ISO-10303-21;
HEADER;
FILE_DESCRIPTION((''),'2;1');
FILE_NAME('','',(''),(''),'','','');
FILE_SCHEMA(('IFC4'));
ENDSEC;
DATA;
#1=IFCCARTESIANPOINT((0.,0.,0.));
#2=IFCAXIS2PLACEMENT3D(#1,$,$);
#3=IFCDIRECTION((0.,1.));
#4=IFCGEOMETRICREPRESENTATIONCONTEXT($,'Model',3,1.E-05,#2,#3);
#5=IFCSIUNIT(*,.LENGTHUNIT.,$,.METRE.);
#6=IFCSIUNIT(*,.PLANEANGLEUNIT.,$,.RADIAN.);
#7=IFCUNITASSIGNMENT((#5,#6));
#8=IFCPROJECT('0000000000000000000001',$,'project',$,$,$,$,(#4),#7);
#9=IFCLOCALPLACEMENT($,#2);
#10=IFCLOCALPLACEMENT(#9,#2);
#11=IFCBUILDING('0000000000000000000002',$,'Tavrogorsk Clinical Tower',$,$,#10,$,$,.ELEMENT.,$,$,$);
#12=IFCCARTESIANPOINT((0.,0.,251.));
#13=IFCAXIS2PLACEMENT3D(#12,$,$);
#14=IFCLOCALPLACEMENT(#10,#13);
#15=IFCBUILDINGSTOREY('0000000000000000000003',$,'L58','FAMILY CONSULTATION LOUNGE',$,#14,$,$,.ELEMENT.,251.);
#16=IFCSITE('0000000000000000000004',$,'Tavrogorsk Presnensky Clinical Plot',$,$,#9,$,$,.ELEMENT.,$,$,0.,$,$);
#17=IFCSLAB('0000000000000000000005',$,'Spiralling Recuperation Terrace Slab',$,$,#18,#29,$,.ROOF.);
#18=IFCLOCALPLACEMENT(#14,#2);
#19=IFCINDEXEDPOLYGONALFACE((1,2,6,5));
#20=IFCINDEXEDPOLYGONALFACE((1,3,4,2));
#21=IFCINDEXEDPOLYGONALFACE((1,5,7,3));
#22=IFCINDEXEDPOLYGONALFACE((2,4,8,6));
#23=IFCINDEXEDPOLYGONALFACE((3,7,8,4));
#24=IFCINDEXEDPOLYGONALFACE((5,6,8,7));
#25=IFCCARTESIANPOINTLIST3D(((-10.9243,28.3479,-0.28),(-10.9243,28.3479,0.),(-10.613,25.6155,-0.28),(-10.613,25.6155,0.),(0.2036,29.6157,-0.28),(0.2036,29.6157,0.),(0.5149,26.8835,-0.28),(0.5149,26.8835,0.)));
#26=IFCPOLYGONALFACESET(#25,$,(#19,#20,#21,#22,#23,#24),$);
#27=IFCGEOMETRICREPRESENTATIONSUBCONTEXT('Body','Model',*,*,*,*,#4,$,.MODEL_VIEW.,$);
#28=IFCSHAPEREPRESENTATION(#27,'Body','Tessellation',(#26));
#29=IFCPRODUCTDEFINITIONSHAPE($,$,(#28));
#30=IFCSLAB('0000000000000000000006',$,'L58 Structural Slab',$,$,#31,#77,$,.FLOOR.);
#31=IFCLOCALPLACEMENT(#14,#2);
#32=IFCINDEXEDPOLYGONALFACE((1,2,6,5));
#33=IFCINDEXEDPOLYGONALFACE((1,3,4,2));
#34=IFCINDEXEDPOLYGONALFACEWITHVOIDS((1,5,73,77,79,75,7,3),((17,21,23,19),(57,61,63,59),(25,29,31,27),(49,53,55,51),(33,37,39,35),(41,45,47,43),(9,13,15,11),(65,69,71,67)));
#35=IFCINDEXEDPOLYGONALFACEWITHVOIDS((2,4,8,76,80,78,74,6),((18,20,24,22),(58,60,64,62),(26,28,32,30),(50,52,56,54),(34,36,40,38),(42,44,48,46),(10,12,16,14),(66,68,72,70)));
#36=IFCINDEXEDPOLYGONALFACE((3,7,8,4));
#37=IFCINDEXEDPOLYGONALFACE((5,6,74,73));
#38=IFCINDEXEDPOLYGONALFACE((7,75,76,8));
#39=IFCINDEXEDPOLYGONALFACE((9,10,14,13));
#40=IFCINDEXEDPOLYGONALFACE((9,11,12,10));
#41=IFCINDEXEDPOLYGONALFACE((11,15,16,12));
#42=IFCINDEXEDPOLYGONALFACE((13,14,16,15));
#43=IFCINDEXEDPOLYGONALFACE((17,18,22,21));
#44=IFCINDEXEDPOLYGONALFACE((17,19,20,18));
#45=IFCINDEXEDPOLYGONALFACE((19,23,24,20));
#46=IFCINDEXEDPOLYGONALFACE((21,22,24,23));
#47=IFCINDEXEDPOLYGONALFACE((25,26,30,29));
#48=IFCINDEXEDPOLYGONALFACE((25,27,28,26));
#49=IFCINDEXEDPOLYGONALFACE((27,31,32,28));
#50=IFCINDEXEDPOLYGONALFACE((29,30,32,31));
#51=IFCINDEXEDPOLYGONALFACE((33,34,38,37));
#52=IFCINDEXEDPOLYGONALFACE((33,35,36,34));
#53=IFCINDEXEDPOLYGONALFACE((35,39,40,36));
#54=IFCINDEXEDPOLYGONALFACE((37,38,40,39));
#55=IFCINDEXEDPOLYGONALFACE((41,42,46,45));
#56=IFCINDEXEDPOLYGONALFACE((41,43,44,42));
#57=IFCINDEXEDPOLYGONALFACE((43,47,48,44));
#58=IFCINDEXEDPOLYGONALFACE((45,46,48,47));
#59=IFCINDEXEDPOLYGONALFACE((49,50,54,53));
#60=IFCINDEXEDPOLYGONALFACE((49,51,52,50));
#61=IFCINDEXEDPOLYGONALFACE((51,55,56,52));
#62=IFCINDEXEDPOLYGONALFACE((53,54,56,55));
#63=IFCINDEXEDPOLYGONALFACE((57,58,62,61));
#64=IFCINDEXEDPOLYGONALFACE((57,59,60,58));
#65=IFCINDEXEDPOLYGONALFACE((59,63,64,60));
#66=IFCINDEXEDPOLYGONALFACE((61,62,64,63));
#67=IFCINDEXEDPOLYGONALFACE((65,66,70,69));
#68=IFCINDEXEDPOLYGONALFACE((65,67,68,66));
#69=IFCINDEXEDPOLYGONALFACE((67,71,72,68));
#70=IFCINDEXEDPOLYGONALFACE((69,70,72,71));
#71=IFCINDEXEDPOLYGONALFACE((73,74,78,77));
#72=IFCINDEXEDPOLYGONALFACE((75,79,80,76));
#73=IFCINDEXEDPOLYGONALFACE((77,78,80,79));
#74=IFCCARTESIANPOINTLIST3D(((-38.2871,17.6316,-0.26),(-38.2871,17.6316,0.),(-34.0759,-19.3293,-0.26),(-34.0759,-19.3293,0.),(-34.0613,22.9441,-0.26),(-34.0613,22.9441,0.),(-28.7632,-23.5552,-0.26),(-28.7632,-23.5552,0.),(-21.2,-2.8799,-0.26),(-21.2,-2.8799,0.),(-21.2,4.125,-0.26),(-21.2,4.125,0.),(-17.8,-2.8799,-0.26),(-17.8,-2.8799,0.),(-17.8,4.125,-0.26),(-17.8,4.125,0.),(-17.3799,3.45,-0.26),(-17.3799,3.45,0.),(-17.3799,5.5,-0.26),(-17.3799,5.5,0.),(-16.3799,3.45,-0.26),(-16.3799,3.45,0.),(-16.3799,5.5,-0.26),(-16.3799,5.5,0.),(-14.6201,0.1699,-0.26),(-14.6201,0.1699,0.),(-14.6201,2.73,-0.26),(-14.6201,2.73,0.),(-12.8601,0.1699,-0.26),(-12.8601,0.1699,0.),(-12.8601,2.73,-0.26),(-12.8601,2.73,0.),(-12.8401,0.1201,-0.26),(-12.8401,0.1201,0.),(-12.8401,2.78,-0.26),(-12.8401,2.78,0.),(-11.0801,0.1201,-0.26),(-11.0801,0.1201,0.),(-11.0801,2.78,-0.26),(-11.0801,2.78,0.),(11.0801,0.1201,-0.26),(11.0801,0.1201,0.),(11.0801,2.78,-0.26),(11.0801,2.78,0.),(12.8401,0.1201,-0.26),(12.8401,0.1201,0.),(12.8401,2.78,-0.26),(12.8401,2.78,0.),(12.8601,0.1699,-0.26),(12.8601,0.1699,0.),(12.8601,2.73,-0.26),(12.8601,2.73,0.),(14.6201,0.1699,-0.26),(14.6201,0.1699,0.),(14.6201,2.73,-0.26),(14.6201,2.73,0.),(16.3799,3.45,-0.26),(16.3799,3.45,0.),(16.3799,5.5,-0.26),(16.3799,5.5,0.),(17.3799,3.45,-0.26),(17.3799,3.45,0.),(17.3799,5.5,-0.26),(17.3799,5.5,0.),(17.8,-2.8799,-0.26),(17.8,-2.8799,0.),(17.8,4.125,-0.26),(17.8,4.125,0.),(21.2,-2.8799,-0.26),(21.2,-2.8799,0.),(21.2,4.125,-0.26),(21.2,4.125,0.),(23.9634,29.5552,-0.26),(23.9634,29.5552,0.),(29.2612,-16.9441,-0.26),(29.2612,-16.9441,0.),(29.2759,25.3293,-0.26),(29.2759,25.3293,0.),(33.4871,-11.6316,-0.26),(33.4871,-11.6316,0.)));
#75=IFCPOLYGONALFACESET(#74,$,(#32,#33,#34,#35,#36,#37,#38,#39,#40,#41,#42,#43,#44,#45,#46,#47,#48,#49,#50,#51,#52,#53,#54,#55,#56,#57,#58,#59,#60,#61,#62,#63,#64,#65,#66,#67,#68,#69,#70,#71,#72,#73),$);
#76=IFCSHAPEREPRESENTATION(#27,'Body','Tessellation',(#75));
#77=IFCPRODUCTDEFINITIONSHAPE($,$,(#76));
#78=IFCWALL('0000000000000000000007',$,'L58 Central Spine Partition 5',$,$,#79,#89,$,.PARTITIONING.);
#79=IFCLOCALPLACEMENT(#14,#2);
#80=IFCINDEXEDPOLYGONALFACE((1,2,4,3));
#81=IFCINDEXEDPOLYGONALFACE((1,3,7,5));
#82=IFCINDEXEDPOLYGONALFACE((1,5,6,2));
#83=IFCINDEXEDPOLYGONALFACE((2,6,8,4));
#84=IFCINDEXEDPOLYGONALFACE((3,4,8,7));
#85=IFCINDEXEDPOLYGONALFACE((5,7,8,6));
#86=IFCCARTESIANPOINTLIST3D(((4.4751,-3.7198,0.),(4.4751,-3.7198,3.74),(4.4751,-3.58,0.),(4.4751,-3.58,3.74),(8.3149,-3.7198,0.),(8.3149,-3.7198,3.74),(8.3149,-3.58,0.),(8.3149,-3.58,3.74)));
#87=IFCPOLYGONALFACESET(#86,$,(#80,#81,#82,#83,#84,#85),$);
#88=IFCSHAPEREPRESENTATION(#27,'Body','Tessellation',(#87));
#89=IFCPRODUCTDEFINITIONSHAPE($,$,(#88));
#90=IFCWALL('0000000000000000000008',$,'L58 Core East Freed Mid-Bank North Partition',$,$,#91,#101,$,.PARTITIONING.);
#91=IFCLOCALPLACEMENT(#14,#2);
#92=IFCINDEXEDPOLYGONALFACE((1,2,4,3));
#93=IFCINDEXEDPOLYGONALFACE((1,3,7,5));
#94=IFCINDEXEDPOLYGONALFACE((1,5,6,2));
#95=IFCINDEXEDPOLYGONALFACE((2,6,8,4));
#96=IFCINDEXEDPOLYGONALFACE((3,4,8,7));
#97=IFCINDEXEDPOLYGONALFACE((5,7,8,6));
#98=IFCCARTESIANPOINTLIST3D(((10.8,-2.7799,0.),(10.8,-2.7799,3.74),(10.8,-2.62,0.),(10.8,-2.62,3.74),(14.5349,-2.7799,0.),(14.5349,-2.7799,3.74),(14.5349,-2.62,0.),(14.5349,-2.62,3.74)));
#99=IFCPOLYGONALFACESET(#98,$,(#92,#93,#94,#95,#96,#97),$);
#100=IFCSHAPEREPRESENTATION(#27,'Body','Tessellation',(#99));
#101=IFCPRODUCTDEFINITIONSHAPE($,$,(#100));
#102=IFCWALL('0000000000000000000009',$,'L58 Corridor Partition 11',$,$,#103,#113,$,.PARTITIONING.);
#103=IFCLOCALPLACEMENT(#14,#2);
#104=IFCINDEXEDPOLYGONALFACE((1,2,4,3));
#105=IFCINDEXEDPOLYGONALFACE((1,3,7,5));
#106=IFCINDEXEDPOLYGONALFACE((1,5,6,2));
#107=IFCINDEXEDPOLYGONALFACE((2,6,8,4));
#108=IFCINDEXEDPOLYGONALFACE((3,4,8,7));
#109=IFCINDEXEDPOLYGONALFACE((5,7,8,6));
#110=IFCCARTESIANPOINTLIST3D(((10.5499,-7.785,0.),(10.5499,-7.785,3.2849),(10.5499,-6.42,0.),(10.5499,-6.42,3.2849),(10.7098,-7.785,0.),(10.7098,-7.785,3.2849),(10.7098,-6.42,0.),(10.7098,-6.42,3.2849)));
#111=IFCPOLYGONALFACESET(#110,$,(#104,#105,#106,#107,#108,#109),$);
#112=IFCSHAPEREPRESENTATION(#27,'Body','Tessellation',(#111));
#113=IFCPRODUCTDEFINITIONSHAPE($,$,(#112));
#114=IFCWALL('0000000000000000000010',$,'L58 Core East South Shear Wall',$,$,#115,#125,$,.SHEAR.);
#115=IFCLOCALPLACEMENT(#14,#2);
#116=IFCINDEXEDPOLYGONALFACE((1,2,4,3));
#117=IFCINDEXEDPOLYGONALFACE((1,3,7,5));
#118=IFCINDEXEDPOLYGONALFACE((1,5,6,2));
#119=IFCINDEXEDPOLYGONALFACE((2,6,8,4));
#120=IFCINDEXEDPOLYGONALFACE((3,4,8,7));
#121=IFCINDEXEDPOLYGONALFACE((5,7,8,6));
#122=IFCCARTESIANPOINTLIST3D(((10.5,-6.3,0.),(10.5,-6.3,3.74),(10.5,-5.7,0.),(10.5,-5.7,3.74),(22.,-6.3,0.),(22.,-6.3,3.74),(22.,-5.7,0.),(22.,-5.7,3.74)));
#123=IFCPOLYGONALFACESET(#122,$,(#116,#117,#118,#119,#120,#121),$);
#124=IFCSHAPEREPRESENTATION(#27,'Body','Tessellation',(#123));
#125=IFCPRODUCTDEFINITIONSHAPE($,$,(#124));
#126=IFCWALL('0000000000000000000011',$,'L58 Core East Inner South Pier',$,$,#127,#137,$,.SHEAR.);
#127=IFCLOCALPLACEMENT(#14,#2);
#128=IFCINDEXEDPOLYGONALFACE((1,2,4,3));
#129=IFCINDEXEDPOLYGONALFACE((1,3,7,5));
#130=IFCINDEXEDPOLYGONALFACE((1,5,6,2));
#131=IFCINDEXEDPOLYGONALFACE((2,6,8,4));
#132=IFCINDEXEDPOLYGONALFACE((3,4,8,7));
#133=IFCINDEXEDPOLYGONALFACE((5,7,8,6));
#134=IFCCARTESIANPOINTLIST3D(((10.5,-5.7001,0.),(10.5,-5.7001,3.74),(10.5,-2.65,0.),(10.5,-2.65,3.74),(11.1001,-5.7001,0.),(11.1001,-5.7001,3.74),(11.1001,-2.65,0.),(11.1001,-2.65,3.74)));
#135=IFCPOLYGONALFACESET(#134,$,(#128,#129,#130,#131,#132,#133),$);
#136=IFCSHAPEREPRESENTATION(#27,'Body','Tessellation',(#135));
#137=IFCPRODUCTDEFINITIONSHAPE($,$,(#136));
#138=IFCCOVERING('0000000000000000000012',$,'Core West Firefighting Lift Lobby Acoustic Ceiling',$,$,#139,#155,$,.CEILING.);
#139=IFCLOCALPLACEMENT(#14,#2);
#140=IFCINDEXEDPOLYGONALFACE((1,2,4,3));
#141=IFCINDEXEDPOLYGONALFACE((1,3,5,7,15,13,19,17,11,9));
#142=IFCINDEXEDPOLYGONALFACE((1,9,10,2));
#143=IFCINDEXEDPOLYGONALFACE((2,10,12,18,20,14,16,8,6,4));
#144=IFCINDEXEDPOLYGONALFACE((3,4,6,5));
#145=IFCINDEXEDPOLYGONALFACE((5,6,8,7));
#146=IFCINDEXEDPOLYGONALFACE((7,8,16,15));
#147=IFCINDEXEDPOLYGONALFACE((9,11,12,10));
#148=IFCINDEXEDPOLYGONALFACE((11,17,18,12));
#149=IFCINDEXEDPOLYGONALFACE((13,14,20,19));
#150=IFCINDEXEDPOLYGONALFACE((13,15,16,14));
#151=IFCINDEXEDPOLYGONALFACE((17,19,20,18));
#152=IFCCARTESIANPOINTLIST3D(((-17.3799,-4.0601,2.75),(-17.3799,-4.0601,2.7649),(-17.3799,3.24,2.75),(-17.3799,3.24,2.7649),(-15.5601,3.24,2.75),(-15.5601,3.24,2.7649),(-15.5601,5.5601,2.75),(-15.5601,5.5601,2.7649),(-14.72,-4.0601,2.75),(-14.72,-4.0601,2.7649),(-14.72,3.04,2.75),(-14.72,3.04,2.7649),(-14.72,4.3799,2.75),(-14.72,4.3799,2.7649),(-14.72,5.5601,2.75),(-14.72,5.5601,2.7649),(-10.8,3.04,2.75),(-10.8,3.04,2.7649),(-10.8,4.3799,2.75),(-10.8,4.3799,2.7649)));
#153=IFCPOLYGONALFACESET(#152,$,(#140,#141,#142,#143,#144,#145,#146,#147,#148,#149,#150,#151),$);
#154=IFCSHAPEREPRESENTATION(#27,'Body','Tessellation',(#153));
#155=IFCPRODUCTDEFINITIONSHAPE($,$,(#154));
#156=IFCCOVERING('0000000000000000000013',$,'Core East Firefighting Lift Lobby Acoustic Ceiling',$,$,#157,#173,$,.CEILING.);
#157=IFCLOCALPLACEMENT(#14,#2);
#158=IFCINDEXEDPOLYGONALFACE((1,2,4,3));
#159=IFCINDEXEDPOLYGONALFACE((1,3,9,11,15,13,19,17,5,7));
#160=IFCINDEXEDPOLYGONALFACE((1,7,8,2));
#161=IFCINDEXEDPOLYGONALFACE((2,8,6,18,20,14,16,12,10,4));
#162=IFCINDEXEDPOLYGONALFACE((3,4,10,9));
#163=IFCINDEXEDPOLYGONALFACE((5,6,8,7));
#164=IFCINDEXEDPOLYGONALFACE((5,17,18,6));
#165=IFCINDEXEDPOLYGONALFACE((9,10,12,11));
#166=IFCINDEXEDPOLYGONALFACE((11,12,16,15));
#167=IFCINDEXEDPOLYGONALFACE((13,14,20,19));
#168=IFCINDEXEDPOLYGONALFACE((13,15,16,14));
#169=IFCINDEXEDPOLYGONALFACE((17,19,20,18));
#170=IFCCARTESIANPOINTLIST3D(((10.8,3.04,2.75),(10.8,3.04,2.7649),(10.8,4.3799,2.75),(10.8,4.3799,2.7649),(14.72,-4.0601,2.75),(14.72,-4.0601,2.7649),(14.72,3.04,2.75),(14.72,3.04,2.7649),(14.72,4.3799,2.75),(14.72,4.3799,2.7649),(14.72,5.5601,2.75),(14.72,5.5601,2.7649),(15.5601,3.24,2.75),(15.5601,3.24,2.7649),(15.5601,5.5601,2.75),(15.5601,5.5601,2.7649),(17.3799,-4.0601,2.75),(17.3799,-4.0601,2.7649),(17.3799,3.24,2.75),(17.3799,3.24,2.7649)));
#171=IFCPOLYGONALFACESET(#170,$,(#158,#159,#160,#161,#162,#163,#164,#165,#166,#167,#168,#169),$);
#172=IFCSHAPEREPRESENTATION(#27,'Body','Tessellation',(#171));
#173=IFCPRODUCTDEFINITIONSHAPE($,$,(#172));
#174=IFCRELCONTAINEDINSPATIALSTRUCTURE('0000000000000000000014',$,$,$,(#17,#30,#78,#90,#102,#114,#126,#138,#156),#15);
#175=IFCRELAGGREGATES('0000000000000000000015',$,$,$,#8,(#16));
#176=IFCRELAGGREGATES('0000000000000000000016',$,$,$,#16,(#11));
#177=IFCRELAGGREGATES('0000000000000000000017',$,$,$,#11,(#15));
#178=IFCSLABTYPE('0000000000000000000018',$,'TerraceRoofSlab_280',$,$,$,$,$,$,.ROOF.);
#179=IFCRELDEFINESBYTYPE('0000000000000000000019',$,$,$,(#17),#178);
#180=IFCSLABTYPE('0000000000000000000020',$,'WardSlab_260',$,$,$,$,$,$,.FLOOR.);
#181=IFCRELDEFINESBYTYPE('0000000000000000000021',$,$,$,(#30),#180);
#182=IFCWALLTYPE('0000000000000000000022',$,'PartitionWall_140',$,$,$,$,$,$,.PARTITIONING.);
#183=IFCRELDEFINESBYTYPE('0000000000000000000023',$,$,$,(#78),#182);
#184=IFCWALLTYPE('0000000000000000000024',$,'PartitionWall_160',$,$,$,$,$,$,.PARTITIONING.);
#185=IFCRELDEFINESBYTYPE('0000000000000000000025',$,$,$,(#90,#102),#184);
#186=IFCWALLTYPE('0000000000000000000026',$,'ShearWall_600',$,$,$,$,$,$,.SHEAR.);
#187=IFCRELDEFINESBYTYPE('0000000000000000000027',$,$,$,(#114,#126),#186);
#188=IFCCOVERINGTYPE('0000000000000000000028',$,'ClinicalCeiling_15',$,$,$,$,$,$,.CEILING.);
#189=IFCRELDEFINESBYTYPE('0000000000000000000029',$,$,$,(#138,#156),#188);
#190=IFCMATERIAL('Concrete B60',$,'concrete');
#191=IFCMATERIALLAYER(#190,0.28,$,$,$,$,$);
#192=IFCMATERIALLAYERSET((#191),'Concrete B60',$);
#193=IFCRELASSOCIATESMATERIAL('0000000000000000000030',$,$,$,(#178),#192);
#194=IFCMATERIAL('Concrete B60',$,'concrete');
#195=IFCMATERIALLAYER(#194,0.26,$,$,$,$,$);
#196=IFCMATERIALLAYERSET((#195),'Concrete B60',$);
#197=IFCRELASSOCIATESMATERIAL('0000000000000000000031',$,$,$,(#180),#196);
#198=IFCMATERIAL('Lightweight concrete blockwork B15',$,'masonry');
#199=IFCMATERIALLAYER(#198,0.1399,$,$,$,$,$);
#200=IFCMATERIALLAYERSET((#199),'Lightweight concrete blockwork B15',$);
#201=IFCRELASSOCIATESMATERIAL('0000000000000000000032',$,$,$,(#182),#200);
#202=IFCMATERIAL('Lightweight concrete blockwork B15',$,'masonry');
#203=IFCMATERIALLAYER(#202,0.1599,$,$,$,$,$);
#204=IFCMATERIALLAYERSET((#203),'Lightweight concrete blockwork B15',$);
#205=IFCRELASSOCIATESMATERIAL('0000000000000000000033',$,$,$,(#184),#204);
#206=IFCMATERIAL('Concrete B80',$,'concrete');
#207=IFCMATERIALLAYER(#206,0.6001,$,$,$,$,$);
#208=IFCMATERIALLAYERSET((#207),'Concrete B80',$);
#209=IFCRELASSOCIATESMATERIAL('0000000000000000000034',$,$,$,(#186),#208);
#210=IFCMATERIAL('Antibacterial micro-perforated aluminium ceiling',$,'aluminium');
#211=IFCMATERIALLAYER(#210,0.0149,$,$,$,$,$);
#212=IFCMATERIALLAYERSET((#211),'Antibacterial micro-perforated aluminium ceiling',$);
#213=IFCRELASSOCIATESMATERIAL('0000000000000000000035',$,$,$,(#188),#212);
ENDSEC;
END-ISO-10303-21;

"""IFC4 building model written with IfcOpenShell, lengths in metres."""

from ifc_helpers import new_model, si_unit, direction, frame, frame_2d, origin, place, context, subcontext, project, spatial, polyline, rectangle, outline, extrude, material, layer, layer_set, type_object, element, save


model = new_model("IFC4")

# Units and contexts
model_context = context("Model", 3, precision=1e-05, world=origin(), true_north=direction((0.0, 1.0)))
body_context = subcontext(model_context, "Body", "Model", "MODEL_VIEW")
ifc_project = project(units=[si_unit("LENGTHUNIT", "METRE"), si_unit("PLANEANGLEUNIT", "RADIAN")], contexts=[model_context])

# Site, building, storey
site_placement = place(None, origin())
site = spatial("IfcSite", under=ifc_project, at=site_placement, Name="Tavrogorsk Presnensky Clinical Plot", CompositionType="ELEMENT", RefElevation=0.0)
building_placement = place(site_placement, origin())
building = spatial("IfcBuilding", under=site, at=building_placement, Name="Tavrogorsk Clinical Tower", CompositionType="ELEMENT")
storey_placement = place(building_placement, frame((0.0, 0.0, 251.0)))
storey = spatial("IfcBuildingStorey", under=building, at=storey_placement, Name="L58", Description="FAMILY CONSULTATION LOUNGE", CompositionType="ELEMENT", Elevation=251.0)

# Slabs
ifc_material_1 = material(Name="Concrete B60", Category="concrete")
ifc_layer_1 = layer(ifc_material_1, 0.28)
ifc_layer_set_1 = layer_set([ifc_layer_1], Name="Concrete B60")
slab_type_1 = type_object("IfcSlabType", Name="TerraceRoofSlab_280", PredefinedType="ROOF", material=ifc_layer_set_1)
slab_1_placement = place(storey_placement, frame((0.0, 0.0, -0.28)))
element("IfcSlab", 1, at=slab_1_placement, inside=storey, type_object=slab_type_1, Name="Spiralling Recuperation Terrace Slab", PredefinedType="ROOF", context=body_context, shape_type="SweptSolid", body=[
    extrude(outline(polyline([(-10.9243, 28.3479), (0.2036, 29.6157), (0.5149, 26.8835), (-10.613, 25.6155), (-10.9243, 28.3479)])), origin(), (0.0, 0.0, 1.0), 0.28),
])
ifc_material_2 = material(Name="Concrete B60", Category="concrete")
ifc_layer_2 = layer(ifc_material_2, 0.26)
ifc_layer_set_2 = layer_set([ifc_layer_2], Name="Concrete B60")
slab_type_2 = type_object("IfcSlabType", Name="WardSlab_260", PredefinedType="FLOOR", material=ifc_layer_set_2)
slab_2_placement = place(storey_placement, frame((0.0, 0.0, -0.26)))
element("IfcSlab", 2, at=slab_2_placement, inside=storey, type_object=slab_type_2, Name="L58 Structural Slab", PredefinedType="FLOOR", context=body_context, shape_type="SweptSolid", body=[
    extrude(outline(polyline([(-28.7632, -23.5552), (29.2612, -16.9441), (33.4871, -11.6316), (29.2759, 25.3293), (23.9634, 29.5552), (-34.0613, 22.9441), (-38.2871, 17.6316), (-34.0759, -19.3293), (-28.7632, -23.5552)]), holes=[polyline([(-17.8, -2.8799), (-17.8, 4.125), (-21.2, 4.125), (-21.2, -2.8799), (-17.8, -2.8799)]), polyline([(21.2, -2.8799), (21.2, 4.125), (17.8, 4.125), (17.8, -2.8799), (21.2, -2.8799)]), polyline([(-14.6201, 0.1699), (-12.8601, 0.1699), (-12.8601, 2.73), (-14.6201, 2.73), (-14.6201, 0.1699)]), polyline([(-12.8401, 0.1201), (-11.0801, 0.1201), (-11.0801, 2.78), (-12.8401, 2.78), (-12.8401, 0.1201)]), polyline([(12.8601, 0.1699), (14.6201, 0.1699), (14.6201, 2.73), (12.8601, 2.73), (12.8601, 0.1699)]), polyline([(11.0801, 0.1201), (12.8401, 0.1201), (12.8401, 2.78), (11.0801, 2.78), (11.0801, 0.1201)]), polyline([(-17.3799, 3.45), (-16.3799, 3.45), (-16.3799, 5.5), (-17.3799, 5.5), (-17.3799, 3.45)]), polyline([(16.3799, 3.45), (17.3799, 3.45), (17.3799, 5.5), (16.3799, 5.5), (16.3799, 3.45)])]), origin(), (0.0, 0.0, 1.0), 0.26),
])

# Walls
ifc_material_3 = material(Name="Lightweight concrete blockwork B15", Category="masonry")
ifc_layer_3 = layer(ifc_material_3, 0.1399)
ifc_layer_set_3 = layer_set([ifc_layer_3], Name="Lightweight concrete blockwork B15")
wall_type_1 = type_object("IfcWallType", Name="PartitionWall_140", PredefinedType="PARTITIONING", material=ifc_layer_set_3)
wall_1_placement = place(storey_placement, frame((4.4751, -3.6499, 0.0), z_axis=(0.0, 0.0, 1.0), x_axis=(1.0, 0.0, 0.0)))
element("IfcWall", 3, at=wall_1_placement, inside=storey, type_object=wall_type_1, Name="L58 Central Spine Partition 5", PredefinedType="PARTITIONING", context=body_context, shape_type="SweptSolid", body=[
    extrude(rectangle(XDim=3.8398, YDim=0.1399, at=frame_2d((1.9199, 0.0))), origin(), (0.0, 0.0, 1.0), 3.74),
])
ifc_material_4 = material(Name="Lightweight concrete blockwork B15", Category="masonry")
ifc_layer_4 = layer(ifc_material_4, 0.1599)
ifc_layer_set_4 = layer_set([ifc_layer_4], Name="Lightweight concrete blockwork B15")
wall_type_2 = type_object("IfcWallType", Name="PartitionWall_160", PredefinedType="PARTITIONING", material=ifc_layer_set_4)
wall_2_placement = place(storey_placement, frame((10.8, -2.7, 0.0), z_axis=(0.0, 0.0, 1.0), x_axis=(1.0, 0.0, 0.0)))
element("IfcWall", 4, at=wall_2_placement, inside=storey, type_object=wall_type_2, Name="L58 Core East Freed Mid-Bank North Partition", PredefinedType="PARTITIONING", context=body_context, shape_type="SweptSolid", body=[
    extrude(rectangle(XDim=3.7349, YDim=0.1599, at=frame_2d((1.8674, 0.0))), origin(), (0.0, 0.0, 1.0), 3.74),
])
wall_3_placement = place(storey_placement, frame((10.6299, -6.4199, 0.0), z_axis=(0.0, 0.0, 1.0), x_axis=(0.0, -1.0, 0.0)))
element("IfcWall", 5, at=wall_3_placement, inside=storey, type_object=wall_type_2, Name="L58 Corridor Partition 11", PredefinedType="PARTITIONING", context=body_context, shape_type="SweptSolid", body=[
    extrude(rectangle(XDim=1.365, YDim=0.1599, at=frame_2d((0.6826, 0.0))), origin(), (0.0, 0.0, 1.0), 3.2849),
])
ifc_material_5 = material(Name="Concrete B80", Category="concrete")
ifc_layer_5 = layer(ifc_material_5, 0.6001)
ifc_layer_set_5 = layer_set([ifc_layer_5], Name="Concrete B80")
wall_type_3 = type_object("IfcWallType", Name="ShearWall_600", PredefinedType="SHEAR", material=ifc_layer_set_5)
wall_4_placement = place(storey_placement, frame((10.5, -6.0, 0.0), z_axis=(0.0, 0.0, 1.0), x_axis=(1.0, 0.0, 0.0)))
element("IfcWall", 6, at=wall_4_placement, inside=storey, type_object=wall_type_3, Name="L58 Core East South Shear Wall", PredefinedType="SHEAR", context=body_context, shape_type="SweptSolid", body=[
    extrude(rectangle(XDim=11.5, YDim=0.6001, at=frame_2d((5.75, 0.0))), origin(), (0.0, 0.0, 1.0), 3.74),
])
wall_5_placement = place(storey_placement, frame((10.8, -5.7, 0.0), z_axis=(0.0, 0.0, 1.0), x_axis=(0.0, 1.0, 0.0)))
element("IfcWall", 7, at=wall_5_placement, inside=storey, type_object=wall_type_3, Name="L58 Core East Inner South Pier", PredefinedType="SHEAR", context=body_context, shape_type="SweptSolid", body=[
    extrude(rectangle(XDim=3.05, YDim=0.6001, at=frame_2d((1.5249, 0.0))), origin(), (0.0, 0.0, 1.0), 3.74),
])

# Coverings
ifc_material_6 = material(Name="Antibacterial micro-perforated aluminium ceiling", Category="aluminium")
ifc_layer_6 = layer(ifc_material_6, 0.0149)
ifc_layer_set_6 = layer_set([ifc_layer_6], Name="Antibacterial micro-perforated aluminium ceiling")
covering_type_1 = type_object("IfcCoveringType", Name="ClinicalCeiling_15", PredefinedType="CEILING", material=ifc_layer_set_6)
covering_1_placement = place(storey_placement, frame((0.0, 0.0, 2.75)))
element("IfcCovering", 8, at=covering_1_placement, inside=storey, type_object=covering_type_1, Name="Core West Firefighting Lift Lobby Acoustic Ceiling", PredefinedType="CEILING", context=body_context, shape_type="SweptSolid", body=[
    extrude(outline(polyline([(-14.72, 4.3799), (-10.8, 4.3799), (-10.8, 3.04), (-14.72, 3.04), (-14.72, -4.0601), (-17.3799, -4.0601), (-17.3799, 3.24), (-15.5601, 3.24), (-15.5601, 5.5601), (-14.72, 5.5601), (-14.72, 4.3799)])), origin(), (0.0, 0.0, 1.0), 0.0149),
])
covering_2_placement = place(storey_placement, frame((0.0, 0.0, 2.75)))
element("IfcCovering", 9, at=covering_2_placement, inside=storey, type_object=covering_type_1, Name="Core East Firefighting Lift Lobby Acoustic Ceiling", PredefinedType="CEILING", context=body_context, shape_type="SweptSolid", body=[
    extrude(outline(polyline([(14.72, -4.0601), (14.72, 3.04), (10.8, 3.04), (10.8, 4.3799), (14.72, 4.3799), (14.72, 5.5601), (15.5601, 5.5601), (15.5601, 3.24), (17.3799, 3.24), (17.3799, -4.0601), (14.72, -4.0601)])), origin(), (0.0, 0.0, 1.0), 0.0149),
])

save(model, "model.ifc")
